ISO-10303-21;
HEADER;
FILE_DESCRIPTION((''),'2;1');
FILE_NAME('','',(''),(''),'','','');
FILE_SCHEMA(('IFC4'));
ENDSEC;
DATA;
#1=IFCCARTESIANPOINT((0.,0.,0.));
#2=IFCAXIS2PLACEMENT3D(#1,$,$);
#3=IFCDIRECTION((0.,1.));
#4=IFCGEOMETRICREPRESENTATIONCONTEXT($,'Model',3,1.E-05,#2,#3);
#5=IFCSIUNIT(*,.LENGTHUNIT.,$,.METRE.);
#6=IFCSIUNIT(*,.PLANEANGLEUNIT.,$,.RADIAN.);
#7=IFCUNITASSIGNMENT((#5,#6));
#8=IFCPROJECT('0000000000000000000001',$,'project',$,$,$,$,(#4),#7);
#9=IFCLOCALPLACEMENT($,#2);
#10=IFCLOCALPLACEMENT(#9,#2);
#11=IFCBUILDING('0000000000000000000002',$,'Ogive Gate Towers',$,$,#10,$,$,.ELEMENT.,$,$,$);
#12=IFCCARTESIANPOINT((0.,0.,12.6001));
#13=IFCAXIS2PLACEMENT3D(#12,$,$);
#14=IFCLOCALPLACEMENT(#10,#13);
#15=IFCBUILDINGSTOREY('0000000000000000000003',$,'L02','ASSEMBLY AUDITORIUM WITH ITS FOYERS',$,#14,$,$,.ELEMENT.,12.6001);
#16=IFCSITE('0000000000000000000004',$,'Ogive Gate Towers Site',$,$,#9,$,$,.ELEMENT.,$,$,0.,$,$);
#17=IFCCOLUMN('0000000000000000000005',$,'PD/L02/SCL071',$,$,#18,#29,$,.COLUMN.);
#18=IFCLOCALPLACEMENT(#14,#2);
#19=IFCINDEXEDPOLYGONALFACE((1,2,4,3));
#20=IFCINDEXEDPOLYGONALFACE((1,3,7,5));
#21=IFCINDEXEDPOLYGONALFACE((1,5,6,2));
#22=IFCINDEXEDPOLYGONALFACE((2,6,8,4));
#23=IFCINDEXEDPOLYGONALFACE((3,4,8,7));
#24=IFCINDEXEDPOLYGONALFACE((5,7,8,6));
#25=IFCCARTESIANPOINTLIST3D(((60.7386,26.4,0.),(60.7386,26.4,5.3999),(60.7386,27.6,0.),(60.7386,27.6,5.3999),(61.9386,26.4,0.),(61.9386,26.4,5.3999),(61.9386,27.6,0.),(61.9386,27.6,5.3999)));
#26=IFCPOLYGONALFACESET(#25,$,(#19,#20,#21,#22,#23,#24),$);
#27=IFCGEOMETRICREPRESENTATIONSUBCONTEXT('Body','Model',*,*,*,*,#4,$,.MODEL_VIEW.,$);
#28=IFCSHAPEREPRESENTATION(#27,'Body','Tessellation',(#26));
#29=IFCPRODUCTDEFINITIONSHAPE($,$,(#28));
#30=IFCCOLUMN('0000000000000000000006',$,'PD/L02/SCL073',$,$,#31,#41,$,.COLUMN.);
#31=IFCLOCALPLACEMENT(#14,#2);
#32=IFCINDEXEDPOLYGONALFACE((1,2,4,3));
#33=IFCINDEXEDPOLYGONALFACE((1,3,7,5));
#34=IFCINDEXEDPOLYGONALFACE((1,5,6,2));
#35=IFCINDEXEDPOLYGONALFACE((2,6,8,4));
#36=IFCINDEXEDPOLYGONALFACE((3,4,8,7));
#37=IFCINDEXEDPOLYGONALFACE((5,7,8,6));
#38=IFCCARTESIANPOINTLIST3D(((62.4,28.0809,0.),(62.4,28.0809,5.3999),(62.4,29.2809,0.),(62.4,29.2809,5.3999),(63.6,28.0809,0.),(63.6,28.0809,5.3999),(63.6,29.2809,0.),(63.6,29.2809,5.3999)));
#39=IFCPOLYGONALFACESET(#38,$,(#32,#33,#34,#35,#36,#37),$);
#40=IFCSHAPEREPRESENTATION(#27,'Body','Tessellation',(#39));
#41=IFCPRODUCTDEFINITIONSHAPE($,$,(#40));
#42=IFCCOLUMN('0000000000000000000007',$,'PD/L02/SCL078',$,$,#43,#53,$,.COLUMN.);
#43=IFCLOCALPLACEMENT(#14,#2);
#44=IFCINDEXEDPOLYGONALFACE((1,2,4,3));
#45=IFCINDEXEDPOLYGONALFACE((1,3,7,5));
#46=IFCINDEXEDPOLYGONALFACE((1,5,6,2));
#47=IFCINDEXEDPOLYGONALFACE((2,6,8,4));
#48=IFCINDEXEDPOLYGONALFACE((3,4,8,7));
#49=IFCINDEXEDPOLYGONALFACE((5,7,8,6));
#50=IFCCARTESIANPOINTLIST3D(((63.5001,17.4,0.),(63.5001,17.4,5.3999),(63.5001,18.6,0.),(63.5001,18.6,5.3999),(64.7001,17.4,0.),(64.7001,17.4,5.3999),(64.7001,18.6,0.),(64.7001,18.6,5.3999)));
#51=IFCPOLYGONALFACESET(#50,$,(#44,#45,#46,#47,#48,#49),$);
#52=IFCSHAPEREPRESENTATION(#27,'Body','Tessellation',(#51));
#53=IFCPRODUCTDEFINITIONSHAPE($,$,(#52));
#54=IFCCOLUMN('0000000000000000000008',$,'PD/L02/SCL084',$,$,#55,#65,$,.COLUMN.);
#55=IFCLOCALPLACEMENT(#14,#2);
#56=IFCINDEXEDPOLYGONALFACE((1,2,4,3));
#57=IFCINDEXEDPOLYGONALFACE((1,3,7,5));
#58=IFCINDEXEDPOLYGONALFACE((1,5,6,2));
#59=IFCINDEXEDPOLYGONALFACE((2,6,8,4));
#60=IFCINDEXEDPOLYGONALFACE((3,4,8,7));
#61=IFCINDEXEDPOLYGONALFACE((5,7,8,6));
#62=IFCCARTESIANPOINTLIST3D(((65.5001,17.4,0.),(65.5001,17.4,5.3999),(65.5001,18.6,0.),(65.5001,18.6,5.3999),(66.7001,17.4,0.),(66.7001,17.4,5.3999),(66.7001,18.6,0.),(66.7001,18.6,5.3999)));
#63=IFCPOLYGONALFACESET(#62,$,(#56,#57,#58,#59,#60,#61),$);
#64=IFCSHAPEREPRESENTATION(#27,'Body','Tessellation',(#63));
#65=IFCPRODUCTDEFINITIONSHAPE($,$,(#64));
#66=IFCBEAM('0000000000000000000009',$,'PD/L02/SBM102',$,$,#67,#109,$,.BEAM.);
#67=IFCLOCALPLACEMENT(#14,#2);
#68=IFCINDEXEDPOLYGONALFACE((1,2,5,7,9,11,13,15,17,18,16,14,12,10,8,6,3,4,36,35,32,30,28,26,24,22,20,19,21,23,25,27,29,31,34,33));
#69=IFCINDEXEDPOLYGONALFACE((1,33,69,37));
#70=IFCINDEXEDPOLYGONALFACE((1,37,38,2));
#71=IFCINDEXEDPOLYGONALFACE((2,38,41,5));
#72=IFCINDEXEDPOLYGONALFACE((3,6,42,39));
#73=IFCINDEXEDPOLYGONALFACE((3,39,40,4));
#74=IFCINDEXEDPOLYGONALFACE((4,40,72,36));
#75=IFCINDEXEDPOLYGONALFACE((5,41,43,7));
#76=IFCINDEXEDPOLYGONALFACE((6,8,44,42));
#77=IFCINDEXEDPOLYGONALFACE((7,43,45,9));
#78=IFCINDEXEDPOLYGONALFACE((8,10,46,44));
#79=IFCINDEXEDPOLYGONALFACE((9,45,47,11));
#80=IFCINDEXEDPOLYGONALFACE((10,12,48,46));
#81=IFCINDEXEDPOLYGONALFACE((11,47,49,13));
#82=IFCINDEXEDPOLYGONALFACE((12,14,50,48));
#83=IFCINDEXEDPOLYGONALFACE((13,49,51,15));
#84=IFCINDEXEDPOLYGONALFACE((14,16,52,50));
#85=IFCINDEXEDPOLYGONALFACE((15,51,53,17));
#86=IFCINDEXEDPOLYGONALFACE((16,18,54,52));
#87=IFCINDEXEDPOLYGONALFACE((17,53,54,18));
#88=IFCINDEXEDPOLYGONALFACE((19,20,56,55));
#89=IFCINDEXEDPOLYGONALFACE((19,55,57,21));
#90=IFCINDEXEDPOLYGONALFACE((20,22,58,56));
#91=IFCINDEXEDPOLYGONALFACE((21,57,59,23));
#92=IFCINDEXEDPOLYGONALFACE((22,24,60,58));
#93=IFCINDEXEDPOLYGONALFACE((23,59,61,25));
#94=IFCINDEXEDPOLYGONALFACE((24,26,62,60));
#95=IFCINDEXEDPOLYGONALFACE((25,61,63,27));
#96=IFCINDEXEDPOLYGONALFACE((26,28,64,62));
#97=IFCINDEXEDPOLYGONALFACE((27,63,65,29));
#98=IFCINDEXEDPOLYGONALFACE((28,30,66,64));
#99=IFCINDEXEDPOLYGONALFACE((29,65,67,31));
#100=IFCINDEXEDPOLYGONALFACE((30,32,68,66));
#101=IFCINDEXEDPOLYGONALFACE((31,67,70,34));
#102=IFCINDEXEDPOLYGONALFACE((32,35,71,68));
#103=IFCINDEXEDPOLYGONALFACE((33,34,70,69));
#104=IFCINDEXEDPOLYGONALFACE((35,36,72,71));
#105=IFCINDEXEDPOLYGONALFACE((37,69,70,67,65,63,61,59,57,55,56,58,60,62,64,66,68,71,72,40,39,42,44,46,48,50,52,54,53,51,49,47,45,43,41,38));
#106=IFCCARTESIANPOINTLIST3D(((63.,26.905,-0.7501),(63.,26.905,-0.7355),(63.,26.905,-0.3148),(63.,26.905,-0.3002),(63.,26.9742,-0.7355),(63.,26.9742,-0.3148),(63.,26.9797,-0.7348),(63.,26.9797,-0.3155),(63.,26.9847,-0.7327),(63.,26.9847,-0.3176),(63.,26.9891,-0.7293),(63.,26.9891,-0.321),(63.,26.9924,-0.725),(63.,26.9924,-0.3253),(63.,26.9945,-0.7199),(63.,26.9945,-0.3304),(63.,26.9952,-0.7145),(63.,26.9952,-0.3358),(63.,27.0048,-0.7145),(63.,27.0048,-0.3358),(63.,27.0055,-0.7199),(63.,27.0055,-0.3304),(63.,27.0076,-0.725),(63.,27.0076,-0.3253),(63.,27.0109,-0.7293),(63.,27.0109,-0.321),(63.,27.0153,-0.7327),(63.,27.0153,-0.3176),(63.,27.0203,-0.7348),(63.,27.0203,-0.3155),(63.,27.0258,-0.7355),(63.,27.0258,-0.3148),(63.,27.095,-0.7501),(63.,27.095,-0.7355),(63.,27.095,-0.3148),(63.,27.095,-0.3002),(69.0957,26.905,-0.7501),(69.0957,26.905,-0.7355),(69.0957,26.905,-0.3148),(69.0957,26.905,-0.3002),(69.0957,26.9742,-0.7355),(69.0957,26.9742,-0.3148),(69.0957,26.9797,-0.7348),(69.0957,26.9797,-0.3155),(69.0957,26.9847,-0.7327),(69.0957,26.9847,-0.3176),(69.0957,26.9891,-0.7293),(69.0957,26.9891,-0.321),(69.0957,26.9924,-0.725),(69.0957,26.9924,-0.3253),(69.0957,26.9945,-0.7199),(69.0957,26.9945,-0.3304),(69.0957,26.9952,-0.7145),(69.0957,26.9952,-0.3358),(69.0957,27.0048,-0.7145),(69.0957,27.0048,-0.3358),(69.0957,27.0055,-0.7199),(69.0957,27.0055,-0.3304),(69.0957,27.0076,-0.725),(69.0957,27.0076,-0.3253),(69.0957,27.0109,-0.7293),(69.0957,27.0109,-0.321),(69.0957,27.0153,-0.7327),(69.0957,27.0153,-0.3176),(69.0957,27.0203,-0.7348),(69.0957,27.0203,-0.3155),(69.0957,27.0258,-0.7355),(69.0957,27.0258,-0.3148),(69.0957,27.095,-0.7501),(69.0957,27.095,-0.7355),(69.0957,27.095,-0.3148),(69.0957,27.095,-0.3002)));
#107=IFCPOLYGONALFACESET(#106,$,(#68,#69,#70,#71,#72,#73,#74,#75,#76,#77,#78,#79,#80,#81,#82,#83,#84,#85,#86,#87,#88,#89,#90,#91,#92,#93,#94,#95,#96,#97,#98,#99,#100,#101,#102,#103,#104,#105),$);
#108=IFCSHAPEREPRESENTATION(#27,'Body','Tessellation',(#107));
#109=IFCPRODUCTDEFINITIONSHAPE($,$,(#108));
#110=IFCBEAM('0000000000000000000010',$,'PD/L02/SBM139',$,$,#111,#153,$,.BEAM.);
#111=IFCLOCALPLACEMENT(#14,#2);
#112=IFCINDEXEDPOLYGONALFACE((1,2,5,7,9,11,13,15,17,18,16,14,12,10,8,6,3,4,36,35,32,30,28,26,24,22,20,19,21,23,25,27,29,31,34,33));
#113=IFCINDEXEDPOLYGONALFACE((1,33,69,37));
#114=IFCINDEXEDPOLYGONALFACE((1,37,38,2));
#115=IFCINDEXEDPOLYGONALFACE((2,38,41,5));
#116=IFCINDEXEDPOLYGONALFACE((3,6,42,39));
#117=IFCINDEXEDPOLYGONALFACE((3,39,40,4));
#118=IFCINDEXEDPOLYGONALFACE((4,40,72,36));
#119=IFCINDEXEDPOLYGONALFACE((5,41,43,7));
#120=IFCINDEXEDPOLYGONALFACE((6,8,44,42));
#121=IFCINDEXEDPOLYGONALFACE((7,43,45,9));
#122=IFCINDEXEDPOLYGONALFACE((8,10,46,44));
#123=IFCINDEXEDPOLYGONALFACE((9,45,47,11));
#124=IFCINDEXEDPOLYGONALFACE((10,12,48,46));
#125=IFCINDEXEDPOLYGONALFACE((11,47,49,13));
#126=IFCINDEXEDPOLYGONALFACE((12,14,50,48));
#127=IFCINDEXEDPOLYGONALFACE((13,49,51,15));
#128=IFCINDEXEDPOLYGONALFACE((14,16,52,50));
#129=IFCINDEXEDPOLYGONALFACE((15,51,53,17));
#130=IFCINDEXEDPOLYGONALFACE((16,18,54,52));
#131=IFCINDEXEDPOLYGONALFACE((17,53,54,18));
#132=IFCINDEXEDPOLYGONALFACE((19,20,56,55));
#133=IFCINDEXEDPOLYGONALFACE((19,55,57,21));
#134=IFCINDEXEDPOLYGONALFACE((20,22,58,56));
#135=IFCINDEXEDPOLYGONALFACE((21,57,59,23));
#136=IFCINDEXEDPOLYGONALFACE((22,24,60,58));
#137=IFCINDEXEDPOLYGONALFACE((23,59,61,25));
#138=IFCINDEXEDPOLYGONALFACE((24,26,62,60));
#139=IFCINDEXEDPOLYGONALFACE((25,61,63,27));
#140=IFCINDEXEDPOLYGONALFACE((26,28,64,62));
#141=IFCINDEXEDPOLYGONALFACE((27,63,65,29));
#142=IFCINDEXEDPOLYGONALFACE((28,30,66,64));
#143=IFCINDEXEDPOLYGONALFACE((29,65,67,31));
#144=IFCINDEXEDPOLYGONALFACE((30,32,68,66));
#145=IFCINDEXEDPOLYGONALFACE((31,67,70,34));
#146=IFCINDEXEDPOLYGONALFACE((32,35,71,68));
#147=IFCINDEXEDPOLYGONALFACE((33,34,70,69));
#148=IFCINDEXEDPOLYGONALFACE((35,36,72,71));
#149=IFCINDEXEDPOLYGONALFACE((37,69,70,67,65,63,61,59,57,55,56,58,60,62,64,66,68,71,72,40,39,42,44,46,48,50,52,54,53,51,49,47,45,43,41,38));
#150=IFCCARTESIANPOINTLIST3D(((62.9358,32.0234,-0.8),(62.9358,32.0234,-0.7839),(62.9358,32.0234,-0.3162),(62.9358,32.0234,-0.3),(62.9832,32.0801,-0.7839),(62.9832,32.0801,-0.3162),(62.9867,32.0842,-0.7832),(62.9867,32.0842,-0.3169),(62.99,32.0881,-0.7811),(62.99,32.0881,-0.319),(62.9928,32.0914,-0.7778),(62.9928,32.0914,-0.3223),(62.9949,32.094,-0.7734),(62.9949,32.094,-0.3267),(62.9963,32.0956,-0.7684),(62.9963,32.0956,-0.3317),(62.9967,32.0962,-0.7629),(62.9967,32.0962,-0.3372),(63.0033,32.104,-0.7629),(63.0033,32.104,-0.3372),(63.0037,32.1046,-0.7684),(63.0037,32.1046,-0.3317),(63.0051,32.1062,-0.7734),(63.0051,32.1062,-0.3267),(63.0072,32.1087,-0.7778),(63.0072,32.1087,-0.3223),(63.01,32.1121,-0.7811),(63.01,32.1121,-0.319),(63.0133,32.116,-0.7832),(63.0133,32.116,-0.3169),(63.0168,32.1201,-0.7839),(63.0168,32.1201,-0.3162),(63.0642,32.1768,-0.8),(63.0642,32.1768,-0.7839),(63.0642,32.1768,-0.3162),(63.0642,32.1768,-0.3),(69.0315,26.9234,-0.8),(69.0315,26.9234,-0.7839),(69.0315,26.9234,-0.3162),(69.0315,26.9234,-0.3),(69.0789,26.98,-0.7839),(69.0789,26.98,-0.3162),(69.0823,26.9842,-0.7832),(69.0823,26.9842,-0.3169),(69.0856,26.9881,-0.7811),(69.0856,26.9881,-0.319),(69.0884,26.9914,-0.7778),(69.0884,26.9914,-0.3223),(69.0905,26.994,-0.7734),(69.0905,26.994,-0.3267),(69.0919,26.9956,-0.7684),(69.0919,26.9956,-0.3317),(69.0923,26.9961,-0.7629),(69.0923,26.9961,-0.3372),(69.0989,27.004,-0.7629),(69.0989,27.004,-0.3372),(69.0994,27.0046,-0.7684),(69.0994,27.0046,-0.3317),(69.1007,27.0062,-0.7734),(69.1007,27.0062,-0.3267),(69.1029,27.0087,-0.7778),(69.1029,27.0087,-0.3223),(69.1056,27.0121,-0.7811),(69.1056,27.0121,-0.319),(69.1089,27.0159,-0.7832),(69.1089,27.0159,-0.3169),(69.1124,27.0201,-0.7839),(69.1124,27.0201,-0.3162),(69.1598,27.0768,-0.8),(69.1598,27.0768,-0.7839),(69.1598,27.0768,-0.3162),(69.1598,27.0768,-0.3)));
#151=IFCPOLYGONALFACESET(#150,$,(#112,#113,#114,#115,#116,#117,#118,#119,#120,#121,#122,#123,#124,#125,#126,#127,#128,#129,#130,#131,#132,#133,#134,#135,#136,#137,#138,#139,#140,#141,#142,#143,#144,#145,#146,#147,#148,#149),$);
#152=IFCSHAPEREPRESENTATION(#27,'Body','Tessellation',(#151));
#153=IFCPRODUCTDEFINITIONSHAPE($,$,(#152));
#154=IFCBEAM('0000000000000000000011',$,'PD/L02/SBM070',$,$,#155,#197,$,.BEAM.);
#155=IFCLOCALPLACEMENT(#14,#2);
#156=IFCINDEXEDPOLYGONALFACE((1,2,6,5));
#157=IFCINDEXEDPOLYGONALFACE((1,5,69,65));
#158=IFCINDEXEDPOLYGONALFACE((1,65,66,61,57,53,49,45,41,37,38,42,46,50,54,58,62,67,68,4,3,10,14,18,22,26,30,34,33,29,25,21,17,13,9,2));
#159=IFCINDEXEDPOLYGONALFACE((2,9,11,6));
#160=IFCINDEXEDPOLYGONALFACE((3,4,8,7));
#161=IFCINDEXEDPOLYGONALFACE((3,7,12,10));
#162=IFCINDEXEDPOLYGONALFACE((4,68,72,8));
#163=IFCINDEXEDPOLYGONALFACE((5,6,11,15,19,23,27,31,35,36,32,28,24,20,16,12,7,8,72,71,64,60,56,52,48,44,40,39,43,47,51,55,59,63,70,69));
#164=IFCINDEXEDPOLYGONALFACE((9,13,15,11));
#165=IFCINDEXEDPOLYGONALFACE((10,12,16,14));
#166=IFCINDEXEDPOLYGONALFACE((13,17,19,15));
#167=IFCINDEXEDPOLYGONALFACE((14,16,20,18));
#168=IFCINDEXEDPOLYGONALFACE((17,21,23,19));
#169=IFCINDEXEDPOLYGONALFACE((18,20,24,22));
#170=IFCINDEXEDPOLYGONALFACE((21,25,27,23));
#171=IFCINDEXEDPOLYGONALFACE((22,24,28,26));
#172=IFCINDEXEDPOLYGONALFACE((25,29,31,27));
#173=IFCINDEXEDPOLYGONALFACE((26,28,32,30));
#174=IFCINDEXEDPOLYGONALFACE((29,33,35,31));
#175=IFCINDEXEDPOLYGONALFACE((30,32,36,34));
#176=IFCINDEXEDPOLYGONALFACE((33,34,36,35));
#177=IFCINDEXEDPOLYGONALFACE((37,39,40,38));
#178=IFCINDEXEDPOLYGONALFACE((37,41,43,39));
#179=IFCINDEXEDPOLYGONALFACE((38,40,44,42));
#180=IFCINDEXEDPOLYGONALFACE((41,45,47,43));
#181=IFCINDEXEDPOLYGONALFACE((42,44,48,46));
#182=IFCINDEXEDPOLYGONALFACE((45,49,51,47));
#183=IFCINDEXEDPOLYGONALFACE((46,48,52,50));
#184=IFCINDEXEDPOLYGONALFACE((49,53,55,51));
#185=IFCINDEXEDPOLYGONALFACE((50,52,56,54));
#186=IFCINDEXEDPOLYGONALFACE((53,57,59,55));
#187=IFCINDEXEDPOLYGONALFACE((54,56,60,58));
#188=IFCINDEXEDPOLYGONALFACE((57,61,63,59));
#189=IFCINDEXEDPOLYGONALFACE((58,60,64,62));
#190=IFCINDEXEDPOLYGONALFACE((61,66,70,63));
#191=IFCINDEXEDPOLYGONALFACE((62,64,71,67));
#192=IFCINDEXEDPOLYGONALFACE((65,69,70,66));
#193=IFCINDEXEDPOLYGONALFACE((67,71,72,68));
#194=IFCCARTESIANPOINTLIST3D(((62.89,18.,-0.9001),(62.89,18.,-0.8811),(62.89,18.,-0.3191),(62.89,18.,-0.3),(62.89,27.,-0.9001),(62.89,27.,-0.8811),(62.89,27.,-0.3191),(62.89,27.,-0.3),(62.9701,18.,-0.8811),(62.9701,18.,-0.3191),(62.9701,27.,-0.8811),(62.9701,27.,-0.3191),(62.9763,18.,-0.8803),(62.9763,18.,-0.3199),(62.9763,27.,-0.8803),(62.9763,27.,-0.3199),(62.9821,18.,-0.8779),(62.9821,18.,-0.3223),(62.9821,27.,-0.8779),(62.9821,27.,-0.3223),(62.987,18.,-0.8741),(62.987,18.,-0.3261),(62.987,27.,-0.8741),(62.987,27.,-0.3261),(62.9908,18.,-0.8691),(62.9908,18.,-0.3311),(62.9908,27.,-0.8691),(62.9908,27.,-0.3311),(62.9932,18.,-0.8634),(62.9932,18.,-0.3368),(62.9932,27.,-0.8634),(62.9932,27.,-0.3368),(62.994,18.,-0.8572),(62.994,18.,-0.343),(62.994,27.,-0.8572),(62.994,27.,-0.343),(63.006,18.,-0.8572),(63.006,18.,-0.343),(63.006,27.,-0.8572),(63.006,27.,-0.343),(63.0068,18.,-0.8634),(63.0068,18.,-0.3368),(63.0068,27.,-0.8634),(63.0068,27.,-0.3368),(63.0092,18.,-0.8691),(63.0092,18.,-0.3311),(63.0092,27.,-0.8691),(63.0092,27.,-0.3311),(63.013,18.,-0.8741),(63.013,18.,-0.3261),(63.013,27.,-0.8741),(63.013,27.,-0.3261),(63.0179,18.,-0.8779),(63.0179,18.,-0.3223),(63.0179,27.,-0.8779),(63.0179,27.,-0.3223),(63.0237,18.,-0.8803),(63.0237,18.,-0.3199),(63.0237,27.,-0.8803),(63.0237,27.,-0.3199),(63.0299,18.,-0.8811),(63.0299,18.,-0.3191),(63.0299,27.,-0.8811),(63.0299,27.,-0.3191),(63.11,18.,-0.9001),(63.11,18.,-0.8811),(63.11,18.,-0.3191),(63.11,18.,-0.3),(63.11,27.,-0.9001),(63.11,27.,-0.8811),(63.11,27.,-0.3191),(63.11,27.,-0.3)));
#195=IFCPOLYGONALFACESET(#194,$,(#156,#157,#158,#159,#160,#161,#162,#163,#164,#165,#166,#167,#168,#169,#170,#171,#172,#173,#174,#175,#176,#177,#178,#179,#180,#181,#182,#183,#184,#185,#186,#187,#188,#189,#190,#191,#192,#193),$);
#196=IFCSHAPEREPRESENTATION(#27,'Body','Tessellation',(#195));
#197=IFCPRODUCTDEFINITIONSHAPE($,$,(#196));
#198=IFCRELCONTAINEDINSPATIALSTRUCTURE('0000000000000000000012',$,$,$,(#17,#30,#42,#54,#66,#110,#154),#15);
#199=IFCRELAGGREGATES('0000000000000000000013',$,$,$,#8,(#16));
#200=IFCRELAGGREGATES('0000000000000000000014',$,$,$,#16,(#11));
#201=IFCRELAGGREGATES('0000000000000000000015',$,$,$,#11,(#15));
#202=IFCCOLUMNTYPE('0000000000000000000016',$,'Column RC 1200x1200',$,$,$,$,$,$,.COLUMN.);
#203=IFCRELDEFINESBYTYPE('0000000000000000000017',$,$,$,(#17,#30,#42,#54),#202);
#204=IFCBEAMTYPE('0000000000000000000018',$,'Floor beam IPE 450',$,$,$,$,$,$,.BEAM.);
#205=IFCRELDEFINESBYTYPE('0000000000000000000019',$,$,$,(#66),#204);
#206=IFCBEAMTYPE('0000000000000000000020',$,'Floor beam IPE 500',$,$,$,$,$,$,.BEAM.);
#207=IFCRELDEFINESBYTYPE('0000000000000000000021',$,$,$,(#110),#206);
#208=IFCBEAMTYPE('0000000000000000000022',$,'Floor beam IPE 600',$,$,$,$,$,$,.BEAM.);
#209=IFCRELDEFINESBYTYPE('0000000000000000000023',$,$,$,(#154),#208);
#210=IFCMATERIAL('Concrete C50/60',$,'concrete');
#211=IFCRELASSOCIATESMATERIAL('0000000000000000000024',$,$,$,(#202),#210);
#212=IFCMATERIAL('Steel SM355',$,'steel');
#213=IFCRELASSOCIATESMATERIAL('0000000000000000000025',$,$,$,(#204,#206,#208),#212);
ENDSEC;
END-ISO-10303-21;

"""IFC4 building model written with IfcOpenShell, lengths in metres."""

from ifc_helpers import new_model, si_unit, direction, frame, origin, origin_2d, place, context, subcontext, project, spatial, rectangle, i_section, extrude, material, material_profile, profile_set, type_object, element, save


model = new_model("IFC4")

# Units and contexts
model_context = context("Model", 3, precision=1e-05, world=origin(), true_north=direction((0.0, 1.0)))
body_context = subcontext(model_context, "Body", "Model", "MODEL_VIEW")
ifc_project = project(units=[si_unit("LENGTHUNIT", "METRE"), si_unit("PLANEANGLEUNIT", "RADIAN")], contexts=[model_context])

# Site, building, storey
site_placement = place(None, origin())
site = spatial("IfcSite", under=ifc_project, at=site_placement, Name="Ogive Gate Towers Site", CompositionType="ELEMENT", RefElevation=0.0)
building_placement = place(site_placement, origin())
building = spatial("IfcBuilding", under=site, at=building_placement, Name="Ogive Gate Towers", CompositionType="ELEMENT")
storey_placement = place(building_placement, frame((0.0, 0.0, 12.6001)))
storey = spatial("IfcBuildingStorey", under=building, at=storey_placement, Name="L02", Description="ASSEMBLY AUDITORIUM WITH ITS FOYERS", CompositionType="ELEMENT", Elevation=12.6001)

# Columns
ifc_material_1 = material(Name="Concrete C50/60", Category="concrete")
ifc_material_profile_1 = material_profile(ifc_material_1, rectangle(XDim=1.2, YDim=1.2, at=origin_2d()), Name="RC 1200x1200")
ifc_profile_set_1 = profile_set([ifc_material_profile_1], Name="Concrete C50/60")
column_type = type_object("IfcColumnType", Name="Column RC 1200x1200", PredefinedType="COLUMN", material=ifc_profile_set_1)
for number, where, z_axis, x_axis, name in (
    (1, (61.3386, 27.0, 0.0), (0.0, 0.0, 1.0), (1.0, 0.0, 0.0), "PD/L02/SCL071"),
    (2, (63.0, 28.6809, 0.0), (0.0, 0.0, 1.0), (1.0, 0.0, 0.0), "PD/L02/SCL073"),
    (3, (64.1001, 18.0, 0.0), (0.0, 0.0, 1.0), (1.0, 0.0, 0.0), "PD/L02/SCL078"),
    (4, (66.1001, 18.0, 0.0), (0.0, 0.0, 1.0), (1.0, 0.0, 0.0), "PD/L02/SCL084"),
):
    element("IfcColumn", number, at=place(storey_placement, frame(where, z_axis=z_axis, x_axis=x_axis)), inside=storey, type_object=column_type, Name=name, PredefinedType="COLUMN", context=body_context, shape_type="SweptSolid", body=[
        extrude(rectangle(XDim=1.2, YDim=1.2, at=origin_2d()), origin(), (0.0, 0.0, 1.0), 5.3999),
    ])

# Beams
ifc_material_2 = material(Name="Steel SM355", Category="steel")
ifc_material_profile_2 = material_profile(ifc_material_2, i_section(OverallWidth=0.1899, OverallDepth=0.45, WebThickness=0.0095, FlangeThickness=0.0146, FilletRadius=0.021, at=origin_2d()), Name="IPE 450")
ifc_profile_set_2 = profile_set([ifc_material_profile_2], Name="Steel SM355")
beam_type_1 = type_object("IfcBeamType", Name="Floor beam IPE 450", PredefinedType="BEAM", material=ifc_profile_set_2)
beam_1_placement = place(storey_placement, frame((63.0, 27.0, -0.5251), z_axis=(1.0, 0.0, 0.0), x_axis=(0.0, 1.0, 0.0)))
element("IfcBeam", 5, at=beam_1_placement, inside=storey, type_object=beam_type_1, Name="PD/L02/SBM102", PredefinedType="BEAM", context=body_context, shape_type="SweptSolid", body=[
    extrude(i_section(OverallWidth=0.1899, OverallDepth=0.45, WebThickness=0.0095, FlangeThickness=0.0146, FilletRadius=0.021, at=origin_2d()), origin(), (0.0, 0.0, 1.0), 6.0957),
])
ifc_material_profile_3 = material_profile(ifc_material_2, i_section(OverallWidth=0.2, OverallDepth=0.5, WebThickness=0.0103, FlangeThickness=0.0161, FilletRadius=0.021, at=origin_2d()), Name="IPE 500")
ifc_profile_set_3 = profile_set([ifc_material_profile_3], Name="Steel SM355")
beam_type_2 = type_object("IfcBeamType", Name="Floor beam IPE 500", PredefinedType="BEAM", material=ifc_profile_set_3)
beam_2_placement = place(storey_placement, frame((63.0, 32.1001, -0.55), z_axis=(0.766961, -0.641694, 0.0), x_axis=(0.641694, 0.766961, 0.0)))
element("IfcBeam", 6, at=beam_2_placement, inside=storey, type_object=beam_type_2, Name="PD/L02/SBM139", PredefinedType="BEAM", context=body_context, shape_type="SweptSolid", body=[
    extrude(i_section(OverallWidth=0.2, OverallDepth=0.5, WebThickness=0.0103, FlangeThickness=0.0161, FilletRadius=0.021, at=origin_2d()), origin(), (0.0, 0.0, 1.0), 7.9478),
])
ifc_material_profile_4 = material_profile(ifc_material_2, i_section(OverallWidth=0.22, OverallDepth=0.6001, WebThickness=0.012, FlangeThickness=0.019, FilletRadius=0.0239, at=origin_2d()), Name="IPE 600")
ifc_profile_set_4 = profile_set([ifc_material_profile_4], Name="Steel SM355")
beam_type_3 = type_object("IfcBeamType", Name="Floor beam IPE 600", PredefinedType="BEAM", material=ifc_profile_set_4)
for number, where, z_axis, x_axis, name in (
    (7, (63.0, 18.0, -0.6001), (0.0, 1.0, 0.0), (-1.0, 0.0, 0.0), "PD/L02/SBM070"),
):
    element("IfcBeam", number, at=place(storey_placement, frame(where, z_axis=z_axis, x_axis=x_axis)), inside=storey, type_object=beam_type_3, Name=name, PredefinedType="BEAM", context=body_context, shape_type="SweptSolid", body=[
        extrude(i_section(OverallWidth=0.22, OverallDepth=0.6001, WebThickness=0.012, FlangeThickness=0.019, FilletRadius=0.0239, at=origin_2d()), origin(), (0.0, 0.0, 1.0), 9.0),
    ])

save(model, "model.ifc")
